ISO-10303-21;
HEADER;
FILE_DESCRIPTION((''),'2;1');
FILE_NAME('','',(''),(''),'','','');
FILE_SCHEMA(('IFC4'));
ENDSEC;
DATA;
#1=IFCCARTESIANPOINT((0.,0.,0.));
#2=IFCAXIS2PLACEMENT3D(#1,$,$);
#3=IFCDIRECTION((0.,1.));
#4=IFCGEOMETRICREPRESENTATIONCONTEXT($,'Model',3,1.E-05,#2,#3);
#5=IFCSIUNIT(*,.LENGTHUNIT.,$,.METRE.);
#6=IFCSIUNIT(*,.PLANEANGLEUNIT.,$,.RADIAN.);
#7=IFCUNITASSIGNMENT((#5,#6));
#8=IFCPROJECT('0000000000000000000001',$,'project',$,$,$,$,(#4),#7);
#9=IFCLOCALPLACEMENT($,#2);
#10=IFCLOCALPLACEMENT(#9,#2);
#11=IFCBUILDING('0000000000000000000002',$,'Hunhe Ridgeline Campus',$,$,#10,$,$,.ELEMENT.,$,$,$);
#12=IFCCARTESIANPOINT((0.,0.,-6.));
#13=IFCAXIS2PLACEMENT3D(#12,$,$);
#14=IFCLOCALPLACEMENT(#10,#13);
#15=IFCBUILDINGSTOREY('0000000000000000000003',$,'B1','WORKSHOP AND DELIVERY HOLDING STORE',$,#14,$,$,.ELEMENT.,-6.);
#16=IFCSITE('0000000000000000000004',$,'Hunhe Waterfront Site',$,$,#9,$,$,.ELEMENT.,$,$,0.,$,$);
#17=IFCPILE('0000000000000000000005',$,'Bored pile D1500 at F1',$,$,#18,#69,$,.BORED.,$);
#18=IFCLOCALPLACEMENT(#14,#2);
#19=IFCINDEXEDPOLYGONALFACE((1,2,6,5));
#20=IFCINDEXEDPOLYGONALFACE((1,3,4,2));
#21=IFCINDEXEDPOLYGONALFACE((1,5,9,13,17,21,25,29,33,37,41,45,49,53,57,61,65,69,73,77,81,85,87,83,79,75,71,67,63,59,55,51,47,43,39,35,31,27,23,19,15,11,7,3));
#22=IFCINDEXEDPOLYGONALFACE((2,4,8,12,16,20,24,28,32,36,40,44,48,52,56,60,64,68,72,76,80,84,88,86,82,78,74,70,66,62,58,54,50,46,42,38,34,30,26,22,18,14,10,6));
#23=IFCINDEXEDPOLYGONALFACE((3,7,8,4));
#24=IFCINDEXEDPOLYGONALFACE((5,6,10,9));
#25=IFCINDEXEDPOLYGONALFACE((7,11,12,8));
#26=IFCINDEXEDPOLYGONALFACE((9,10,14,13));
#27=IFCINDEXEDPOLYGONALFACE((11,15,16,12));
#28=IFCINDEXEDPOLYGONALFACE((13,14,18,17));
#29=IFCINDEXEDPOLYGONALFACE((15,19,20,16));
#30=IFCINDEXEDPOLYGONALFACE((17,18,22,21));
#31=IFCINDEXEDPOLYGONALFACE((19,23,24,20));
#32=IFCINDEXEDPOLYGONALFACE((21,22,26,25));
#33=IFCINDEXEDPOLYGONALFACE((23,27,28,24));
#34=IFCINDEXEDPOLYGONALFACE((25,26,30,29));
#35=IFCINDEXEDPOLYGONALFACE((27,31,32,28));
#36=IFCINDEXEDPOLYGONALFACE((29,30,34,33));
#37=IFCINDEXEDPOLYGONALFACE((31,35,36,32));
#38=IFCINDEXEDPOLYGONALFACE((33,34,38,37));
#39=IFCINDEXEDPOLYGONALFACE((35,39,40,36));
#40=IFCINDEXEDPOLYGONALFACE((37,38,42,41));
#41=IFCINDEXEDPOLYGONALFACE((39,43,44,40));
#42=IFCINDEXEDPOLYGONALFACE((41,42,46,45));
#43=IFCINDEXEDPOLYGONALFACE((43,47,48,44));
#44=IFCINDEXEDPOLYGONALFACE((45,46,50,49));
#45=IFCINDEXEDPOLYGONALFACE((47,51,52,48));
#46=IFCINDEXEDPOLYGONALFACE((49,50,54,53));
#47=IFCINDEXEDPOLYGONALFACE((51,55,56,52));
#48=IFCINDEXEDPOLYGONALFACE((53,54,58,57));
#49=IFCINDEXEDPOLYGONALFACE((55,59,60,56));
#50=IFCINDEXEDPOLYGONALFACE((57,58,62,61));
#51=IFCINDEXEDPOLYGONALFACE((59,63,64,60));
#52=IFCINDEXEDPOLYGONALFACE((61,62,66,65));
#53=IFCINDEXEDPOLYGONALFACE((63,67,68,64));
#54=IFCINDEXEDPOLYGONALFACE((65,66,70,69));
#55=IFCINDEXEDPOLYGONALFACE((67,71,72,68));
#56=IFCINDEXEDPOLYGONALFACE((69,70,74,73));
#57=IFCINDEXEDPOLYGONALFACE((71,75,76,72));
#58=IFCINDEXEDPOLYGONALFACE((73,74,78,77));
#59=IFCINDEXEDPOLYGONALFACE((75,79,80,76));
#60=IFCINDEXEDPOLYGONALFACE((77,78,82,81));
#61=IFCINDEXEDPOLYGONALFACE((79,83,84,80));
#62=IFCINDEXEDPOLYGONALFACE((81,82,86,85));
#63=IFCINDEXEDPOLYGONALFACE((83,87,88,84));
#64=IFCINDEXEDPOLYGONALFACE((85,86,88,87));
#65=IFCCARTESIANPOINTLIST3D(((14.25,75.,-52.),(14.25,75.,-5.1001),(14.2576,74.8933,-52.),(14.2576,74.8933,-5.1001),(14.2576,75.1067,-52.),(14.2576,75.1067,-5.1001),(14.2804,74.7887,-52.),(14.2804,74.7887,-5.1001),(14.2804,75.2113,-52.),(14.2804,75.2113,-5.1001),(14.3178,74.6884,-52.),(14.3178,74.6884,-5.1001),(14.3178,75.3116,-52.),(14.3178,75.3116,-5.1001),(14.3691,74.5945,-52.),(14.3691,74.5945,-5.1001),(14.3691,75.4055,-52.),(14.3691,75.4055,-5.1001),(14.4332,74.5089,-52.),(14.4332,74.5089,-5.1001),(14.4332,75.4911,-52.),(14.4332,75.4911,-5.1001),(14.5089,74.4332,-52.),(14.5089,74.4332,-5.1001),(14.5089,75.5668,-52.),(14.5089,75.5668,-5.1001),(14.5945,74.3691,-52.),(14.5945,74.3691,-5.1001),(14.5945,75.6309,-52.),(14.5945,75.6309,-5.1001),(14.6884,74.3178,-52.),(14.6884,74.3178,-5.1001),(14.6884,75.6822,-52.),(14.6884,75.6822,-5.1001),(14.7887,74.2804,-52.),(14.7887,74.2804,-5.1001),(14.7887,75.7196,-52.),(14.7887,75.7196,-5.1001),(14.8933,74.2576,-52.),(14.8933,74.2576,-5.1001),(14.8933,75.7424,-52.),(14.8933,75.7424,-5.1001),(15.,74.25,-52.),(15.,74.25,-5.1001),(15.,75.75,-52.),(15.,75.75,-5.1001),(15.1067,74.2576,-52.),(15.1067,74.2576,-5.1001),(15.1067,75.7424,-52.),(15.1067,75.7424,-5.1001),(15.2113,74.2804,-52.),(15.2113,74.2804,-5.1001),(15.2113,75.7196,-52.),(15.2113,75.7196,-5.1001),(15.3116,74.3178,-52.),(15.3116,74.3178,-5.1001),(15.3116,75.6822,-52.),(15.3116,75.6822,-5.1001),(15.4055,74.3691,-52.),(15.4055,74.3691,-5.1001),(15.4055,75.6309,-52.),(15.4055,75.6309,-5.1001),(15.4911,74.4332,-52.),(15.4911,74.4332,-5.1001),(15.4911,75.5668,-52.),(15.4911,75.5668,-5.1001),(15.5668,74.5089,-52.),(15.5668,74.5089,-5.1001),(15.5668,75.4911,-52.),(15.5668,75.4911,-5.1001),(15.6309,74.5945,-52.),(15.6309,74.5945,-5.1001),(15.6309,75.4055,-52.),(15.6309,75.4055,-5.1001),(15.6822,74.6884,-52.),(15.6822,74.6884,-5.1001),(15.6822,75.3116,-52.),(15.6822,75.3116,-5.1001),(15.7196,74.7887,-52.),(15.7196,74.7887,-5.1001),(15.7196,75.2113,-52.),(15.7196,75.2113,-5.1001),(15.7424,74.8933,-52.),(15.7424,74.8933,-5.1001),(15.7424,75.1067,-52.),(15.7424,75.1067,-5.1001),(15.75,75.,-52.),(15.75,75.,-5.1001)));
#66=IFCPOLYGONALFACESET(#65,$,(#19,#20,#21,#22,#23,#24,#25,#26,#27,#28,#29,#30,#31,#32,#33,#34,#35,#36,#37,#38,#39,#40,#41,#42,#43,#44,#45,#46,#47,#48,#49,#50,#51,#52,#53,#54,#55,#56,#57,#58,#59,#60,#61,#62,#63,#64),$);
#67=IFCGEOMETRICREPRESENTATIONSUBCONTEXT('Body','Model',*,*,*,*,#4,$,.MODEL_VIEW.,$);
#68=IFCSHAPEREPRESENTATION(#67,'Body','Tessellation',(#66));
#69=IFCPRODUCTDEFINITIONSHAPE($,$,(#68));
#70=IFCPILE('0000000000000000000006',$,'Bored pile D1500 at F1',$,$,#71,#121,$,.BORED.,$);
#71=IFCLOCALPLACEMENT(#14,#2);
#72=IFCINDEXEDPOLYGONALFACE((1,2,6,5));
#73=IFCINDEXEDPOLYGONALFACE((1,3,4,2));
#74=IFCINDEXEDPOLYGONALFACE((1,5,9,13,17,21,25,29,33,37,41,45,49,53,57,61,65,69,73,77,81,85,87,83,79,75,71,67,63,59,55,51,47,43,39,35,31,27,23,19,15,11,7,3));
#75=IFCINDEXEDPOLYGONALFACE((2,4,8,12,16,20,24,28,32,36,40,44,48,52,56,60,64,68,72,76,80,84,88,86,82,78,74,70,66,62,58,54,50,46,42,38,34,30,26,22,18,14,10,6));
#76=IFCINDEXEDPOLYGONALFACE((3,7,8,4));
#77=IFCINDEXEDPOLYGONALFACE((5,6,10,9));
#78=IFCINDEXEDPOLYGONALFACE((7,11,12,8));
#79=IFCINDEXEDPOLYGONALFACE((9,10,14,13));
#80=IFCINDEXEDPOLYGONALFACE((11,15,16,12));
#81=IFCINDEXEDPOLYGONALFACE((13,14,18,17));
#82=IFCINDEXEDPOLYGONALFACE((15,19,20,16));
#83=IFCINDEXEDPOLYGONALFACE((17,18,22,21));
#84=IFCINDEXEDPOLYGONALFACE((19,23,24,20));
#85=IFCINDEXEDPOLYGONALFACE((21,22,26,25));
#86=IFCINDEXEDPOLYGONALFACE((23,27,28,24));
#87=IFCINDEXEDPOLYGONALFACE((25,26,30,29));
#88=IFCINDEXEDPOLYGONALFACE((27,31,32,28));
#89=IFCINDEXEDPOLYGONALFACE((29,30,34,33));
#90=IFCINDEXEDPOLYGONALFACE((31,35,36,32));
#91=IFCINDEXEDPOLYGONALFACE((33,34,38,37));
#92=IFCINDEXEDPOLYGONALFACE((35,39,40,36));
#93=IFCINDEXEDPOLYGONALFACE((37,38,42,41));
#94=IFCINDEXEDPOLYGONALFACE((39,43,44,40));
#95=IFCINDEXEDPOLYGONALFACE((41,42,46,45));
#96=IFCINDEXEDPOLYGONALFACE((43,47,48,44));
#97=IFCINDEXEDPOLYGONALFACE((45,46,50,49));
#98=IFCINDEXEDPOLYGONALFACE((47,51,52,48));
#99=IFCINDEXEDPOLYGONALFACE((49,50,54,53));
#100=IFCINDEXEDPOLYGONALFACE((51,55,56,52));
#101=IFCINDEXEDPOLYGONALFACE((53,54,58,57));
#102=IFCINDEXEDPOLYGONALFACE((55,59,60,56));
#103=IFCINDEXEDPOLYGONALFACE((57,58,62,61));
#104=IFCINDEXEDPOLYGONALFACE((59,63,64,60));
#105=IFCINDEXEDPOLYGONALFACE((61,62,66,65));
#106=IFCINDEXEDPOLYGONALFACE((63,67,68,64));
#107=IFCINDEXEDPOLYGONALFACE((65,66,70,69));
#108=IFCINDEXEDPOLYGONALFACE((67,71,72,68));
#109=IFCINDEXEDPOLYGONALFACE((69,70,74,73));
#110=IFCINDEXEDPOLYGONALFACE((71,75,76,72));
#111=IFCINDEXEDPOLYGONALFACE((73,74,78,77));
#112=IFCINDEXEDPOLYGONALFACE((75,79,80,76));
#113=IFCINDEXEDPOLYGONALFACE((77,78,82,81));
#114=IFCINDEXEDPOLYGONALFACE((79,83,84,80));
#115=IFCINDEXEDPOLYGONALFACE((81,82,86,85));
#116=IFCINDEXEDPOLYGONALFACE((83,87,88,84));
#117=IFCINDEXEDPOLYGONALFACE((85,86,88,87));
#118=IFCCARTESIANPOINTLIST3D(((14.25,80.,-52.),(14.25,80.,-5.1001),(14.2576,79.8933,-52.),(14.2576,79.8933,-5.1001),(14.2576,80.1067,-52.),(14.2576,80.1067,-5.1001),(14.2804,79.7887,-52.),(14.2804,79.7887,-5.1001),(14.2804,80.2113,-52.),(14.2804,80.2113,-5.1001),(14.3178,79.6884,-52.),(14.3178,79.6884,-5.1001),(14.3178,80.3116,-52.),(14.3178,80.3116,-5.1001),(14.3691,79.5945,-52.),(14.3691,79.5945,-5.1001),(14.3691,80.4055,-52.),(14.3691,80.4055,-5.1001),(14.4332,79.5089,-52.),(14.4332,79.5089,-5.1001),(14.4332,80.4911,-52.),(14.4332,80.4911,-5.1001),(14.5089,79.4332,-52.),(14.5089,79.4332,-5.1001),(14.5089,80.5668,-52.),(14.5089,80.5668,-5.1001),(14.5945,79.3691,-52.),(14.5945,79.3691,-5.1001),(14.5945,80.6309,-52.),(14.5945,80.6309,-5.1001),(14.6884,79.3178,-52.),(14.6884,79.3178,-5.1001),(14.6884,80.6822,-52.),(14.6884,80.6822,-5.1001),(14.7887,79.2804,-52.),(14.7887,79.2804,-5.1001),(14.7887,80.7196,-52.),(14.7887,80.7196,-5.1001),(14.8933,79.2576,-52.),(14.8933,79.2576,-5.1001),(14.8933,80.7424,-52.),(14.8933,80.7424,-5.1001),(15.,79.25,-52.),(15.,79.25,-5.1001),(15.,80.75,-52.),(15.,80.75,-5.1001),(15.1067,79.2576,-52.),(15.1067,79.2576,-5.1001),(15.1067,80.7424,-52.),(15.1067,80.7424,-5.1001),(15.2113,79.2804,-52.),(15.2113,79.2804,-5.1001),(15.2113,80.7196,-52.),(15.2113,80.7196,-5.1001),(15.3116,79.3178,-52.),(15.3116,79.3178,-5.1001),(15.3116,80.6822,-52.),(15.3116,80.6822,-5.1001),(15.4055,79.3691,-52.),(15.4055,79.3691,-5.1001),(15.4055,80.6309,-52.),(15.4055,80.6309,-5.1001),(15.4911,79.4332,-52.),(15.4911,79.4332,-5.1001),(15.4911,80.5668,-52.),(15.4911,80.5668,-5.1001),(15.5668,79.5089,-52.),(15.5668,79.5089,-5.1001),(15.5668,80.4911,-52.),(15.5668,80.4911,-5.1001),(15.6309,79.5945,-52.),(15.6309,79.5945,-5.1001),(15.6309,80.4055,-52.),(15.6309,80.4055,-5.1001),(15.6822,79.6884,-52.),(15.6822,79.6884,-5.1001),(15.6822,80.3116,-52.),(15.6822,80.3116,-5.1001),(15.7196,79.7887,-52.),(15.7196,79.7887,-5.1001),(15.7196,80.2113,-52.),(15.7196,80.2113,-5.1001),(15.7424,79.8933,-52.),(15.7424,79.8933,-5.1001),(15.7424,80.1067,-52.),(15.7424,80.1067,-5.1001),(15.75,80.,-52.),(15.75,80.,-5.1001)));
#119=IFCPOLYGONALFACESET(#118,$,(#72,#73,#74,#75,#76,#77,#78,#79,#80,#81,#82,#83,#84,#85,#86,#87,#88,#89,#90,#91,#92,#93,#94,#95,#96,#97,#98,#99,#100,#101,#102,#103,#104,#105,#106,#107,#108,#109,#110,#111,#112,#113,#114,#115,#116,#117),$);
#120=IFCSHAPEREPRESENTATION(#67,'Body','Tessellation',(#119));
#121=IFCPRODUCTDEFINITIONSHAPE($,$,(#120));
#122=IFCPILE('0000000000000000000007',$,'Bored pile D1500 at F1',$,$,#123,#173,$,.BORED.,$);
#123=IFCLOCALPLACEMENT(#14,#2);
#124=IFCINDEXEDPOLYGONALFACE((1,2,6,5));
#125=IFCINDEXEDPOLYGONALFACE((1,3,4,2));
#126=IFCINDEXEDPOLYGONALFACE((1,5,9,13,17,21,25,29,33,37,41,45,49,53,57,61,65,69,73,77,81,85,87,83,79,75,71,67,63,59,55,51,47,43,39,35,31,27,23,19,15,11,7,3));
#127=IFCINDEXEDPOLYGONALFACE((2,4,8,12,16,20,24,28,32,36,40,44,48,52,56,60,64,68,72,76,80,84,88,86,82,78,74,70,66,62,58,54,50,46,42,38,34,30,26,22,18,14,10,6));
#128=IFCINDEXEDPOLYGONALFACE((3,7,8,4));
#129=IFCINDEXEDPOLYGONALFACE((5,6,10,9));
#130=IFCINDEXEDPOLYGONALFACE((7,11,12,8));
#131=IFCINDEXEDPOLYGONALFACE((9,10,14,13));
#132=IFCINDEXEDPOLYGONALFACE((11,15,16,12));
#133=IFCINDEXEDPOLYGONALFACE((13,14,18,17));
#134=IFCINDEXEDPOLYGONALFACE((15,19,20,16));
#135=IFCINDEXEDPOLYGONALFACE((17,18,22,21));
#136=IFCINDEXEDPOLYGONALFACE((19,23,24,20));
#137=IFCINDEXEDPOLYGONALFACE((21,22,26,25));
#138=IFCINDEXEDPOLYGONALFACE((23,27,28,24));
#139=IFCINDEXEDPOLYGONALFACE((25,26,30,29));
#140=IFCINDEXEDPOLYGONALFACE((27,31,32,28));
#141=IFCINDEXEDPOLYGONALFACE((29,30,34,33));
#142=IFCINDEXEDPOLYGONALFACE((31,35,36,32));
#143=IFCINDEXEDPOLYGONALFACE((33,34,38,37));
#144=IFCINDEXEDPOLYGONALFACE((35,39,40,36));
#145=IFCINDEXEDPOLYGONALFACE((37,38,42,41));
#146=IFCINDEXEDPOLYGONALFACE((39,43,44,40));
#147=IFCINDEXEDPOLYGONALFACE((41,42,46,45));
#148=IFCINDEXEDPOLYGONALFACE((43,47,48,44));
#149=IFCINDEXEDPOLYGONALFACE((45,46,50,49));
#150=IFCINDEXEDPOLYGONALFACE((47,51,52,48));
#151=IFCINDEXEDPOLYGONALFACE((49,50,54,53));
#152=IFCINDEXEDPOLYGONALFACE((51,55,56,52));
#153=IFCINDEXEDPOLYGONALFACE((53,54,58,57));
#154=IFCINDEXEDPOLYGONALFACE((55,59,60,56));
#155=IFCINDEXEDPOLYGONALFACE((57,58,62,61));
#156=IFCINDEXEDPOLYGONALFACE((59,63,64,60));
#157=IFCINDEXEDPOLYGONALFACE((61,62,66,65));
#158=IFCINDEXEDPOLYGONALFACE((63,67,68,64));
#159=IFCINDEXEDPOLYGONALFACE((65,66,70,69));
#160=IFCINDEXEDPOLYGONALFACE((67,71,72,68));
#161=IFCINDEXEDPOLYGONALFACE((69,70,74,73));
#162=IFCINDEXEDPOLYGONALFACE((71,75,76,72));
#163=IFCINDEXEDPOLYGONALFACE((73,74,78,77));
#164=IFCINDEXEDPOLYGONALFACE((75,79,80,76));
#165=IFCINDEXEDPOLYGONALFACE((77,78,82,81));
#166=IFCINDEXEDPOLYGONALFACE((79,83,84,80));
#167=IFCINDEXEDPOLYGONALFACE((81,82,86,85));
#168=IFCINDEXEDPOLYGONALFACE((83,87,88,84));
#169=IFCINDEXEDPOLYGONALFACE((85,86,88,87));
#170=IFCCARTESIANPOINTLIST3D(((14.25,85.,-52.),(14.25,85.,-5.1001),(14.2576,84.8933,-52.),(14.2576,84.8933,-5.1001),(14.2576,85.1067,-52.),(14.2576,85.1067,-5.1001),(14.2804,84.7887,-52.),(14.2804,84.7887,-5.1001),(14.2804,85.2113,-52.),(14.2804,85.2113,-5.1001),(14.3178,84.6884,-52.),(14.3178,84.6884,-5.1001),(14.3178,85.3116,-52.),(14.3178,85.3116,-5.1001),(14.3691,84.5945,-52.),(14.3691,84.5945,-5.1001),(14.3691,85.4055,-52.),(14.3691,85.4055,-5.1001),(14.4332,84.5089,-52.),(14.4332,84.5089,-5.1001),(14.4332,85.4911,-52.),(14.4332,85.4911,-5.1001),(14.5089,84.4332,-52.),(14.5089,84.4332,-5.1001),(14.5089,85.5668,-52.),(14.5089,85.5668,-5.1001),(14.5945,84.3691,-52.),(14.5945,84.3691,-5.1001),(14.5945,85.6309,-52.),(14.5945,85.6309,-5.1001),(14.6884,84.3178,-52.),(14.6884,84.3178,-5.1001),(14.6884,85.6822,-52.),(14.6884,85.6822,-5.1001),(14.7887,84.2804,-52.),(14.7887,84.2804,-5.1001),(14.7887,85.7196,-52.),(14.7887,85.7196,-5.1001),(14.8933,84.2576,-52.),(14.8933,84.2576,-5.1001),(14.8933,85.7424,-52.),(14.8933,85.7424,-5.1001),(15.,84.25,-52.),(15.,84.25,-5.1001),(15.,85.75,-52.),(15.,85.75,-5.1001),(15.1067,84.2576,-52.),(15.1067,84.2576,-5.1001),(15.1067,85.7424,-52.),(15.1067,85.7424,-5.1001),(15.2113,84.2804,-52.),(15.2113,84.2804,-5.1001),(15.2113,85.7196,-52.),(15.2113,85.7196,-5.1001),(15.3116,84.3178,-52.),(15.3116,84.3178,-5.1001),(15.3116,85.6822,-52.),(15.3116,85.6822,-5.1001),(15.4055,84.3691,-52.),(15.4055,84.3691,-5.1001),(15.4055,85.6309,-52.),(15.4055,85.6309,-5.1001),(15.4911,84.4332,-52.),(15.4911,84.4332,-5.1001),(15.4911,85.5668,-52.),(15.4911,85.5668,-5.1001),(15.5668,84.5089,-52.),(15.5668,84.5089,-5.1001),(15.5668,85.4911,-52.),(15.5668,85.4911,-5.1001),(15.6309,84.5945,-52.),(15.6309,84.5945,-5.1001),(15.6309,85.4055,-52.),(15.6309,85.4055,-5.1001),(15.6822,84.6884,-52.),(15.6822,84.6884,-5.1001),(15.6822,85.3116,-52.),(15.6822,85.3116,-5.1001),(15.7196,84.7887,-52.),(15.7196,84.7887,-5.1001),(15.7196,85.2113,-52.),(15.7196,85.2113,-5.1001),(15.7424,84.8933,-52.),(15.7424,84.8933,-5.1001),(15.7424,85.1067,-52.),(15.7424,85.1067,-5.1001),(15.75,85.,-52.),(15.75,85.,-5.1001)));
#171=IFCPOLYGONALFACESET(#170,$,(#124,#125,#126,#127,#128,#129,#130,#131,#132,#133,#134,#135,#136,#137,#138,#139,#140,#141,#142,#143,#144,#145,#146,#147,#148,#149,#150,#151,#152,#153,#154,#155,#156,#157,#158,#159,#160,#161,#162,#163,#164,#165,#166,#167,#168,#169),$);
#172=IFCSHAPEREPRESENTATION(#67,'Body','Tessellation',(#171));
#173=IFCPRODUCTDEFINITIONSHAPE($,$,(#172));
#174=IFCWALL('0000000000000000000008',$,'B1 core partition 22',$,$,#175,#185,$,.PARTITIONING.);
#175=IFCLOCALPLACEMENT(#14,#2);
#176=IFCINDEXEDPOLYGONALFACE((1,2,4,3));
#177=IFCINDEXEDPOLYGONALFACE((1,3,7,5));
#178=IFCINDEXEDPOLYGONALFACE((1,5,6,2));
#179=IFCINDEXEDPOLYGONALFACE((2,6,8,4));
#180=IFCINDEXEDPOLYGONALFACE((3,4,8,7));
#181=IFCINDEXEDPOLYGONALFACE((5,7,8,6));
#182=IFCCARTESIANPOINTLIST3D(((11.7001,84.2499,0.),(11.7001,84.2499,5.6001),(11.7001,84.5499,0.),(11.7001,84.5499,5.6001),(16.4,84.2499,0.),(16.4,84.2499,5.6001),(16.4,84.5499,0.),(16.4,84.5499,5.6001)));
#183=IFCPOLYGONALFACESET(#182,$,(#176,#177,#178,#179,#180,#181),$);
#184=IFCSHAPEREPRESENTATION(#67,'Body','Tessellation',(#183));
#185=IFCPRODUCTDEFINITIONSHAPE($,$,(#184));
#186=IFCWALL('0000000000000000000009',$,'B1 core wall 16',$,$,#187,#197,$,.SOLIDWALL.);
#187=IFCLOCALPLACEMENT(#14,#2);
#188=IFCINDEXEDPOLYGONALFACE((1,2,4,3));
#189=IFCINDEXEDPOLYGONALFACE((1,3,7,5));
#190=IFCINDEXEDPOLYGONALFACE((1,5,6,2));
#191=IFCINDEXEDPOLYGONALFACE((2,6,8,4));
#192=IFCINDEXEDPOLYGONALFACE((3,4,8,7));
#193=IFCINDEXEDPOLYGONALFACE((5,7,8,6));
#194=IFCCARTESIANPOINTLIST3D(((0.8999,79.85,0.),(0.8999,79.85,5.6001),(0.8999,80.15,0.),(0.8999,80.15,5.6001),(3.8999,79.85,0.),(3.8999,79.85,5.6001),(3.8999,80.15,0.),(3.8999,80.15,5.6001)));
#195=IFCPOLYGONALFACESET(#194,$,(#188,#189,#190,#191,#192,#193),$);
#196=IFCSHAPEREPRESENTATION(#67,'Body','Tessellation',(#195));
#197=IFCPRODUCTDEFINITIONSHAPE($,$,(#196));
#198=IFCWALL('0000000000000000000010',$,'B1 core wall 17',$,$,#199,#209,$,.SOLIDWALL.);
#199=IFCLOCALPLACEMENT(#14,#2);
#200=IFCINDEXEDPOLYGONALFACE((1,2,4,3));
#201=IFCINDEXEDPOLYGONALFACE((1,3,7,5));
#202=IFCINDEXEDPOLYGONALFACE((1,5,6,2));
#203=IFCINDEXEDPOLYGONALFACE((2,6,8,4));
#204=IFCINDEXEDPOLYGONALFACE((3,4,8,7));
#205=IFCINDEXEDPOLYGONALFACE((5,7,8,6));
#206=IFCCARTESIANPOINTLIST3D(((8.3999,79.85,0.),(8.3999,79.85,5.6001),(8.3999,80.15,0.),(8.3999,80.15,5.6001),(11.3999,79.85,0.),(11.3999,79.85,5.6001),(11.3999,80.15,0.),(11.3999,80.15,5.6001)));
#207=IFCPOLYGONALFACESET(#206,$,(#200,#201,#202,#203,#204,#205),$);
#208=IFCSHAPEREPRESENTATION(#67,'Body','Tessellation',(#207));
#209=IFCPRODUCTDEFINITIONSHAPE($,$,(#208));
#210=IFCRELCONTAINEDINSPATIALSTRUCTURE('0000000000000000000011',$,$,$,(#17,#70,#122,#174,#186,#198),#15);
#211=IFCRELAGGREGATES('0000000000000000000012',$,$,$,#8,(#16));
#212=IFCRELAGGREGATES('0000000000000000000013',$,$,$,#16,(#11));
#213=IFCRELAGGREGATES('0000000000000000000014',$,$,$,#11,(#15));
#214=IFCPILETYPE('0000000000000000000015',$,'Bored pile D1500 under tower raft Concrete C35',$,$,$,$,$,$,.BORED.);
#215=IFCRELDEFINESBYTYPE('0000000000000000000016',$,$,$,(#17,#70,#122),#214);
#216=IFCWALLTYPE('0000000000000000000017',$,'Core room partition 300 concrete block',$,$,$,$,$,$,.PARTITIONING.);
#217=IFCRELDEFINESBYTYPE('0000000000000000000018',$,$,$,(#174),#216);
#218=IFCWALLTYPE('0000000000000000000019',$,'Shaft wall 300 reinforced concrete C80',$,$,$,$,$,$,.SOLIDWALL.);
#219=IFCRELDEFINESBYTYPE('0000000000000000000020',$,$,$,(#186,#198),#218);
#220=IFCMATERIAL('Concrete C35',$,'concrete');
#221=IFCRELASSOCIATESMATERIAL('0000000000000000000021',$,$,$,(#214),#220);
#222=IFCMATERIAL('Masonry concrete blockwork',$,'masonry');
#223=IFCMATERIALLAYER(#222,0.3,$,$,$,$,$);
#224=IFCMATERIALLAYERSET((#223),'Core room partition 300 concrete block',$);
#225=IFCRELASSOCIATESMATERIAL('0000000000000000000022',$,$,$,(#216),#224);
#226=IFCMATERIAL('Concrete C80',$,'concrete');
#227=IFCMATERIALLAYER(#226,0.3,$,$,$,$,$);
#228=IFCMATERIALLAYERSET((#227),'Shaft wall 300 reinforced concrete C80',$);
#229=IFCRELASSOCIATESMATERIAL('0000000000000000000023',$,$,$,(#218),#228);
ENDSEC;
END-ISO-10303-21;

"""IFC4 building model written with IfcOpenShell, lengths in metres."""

from ifc_helpers import new_model, si_unit, direction, frame, frame_2d, origin, origin_2d, place, context, subcontext, project, spatial, rectangle, circle, extrude, material, layer, layer_set, material_profile, profile_set, type_object, element, save


model = new_model("IFC4")

# Units and contexts
model_context = context("Model", 3, precision=1e-05, world=origin(), true_north=direction((0.0, 1.0)))
body_context = subcontext(model_context, "Body", "Model", "MODEL_VIEW")
ifc_project = project(units=[si_unit("LENGTHUNIT", "METRE"), si_unit("PLANEANGLEUNIT", "RADIAN")], contexts=[model_context])

# Site, building, storey
site_placement = place(None, origin())
site = spatial("IfcSite", under=ifc_project, at=site_placement, Name="Hunhe Waterfront Site", CompositionType="ELEMENT", RefElevation=0.0)
building_placement = place(site_placement, origin())
building = spatial("IfcBuilding", under=site, at=building_placement, Name="Hunhe Ridgeline Campus", CompositionType="ELEMENT")
storey_placement = place(building_placement, frame((0.0, 0.0, -6.0)))
storey = spatial("IfcBuildingStorey", under=building, at=storey_placement, Name="B1", Description="WORKSHOP AND DELIVERY HOLDING STORE", CompositionType="ELEMENT", Elevation=-6.0)

# Piles
ifc_material_1 = material(Name="Concrete C35", Category="concrete")
ifc_material_profile = material_profile(ifc_material_1, circle(Radius=0.75, at=origin_2d()))
ifc_profile_set = profile_set([ifc_material_profile], Name="Concrete C35")
pile_type = type_object("IfcPileType", Name="Bored pile D1500 under tower raft Concrete C35", PredefinedType="BORED", material=ifc_profile_set)
for number, where, z_axis, x_axis, name in (
    (1, (15.0, 75.0, -5.1001), (0.0, 0.0, -1.0), (1.0, 0.0, 0.0), "Bored pile D1500 at F1"),
    (2, (15.0, 80.0, -5.1001), (0.0, 0.0, -1.0), (1.0, 0.0, 0.0), "Bored pile D1500 at F1"),
    (3, (15.0, 85.0, -5.1001), (0.0, 0.0, -1.0), (1.0, 0.0, 0.0), "Bored pile D1500 at F1"),
):
    element("IfcPile", number, at=place(storey_placement, frame(where, z_axis=z_axis, x_axis=x_axis)), inside=storey, type_object=pile_type, Name=name, PredefinedType="BORED", context=body_context, shape_type="SweptSolid", body=[
        extrude(circle(Radius=0.75, at=origin_2d()), origin(), (0.0, 0.0, 1.0), 46.8999),
    ])

# Wall
ifc_material_2 = material(Name="Masonry concrete blockwork", Category="masonry")
ifc_layer_1 = layer(ifc_material_2, 0.3)
ifc_layer_set_1 = layer_set([ifc_layer_1], Name="Core room partition 300 concrete block")
wall_type_1 = type_object("IfcWallType", Name="Core room partition 300 concrete block", PredefinedType="PARTITIONING", material=ifc_layer_set_1)
wall_1_placement = place(storey_placement, frame((11.7, 84.3999, 0.0), z_axis=(0.0, 0.0, 1.0), x_axis=(1.0, 0.0, 0.0)))
element("IfcWall", 4, at=wall_1_placement, inside=storey, type_object=wall_type_1, Name="B1 core partition 22", PredefinedType="PARTITIONING", context=body_context, shape_type="SweptSolid", body=[
    extrude(rectangle(XDim=4.7, YDim=0.3, at=frame_2d((2.3501, 0.0))), origin(), (0.0, 0.0, 1.0), 5.6001),
])

# Shared definitions
ifc_material_3 = material(Name="Concrete C80", Category="concrete")
ifc_layer_2 = layer(ifc_material_3, 0.3)
ifc_layer_set_2 = layer_set([ifc_layer_2], Name="Shaft wall 300 reinforced concrete C80")
wall_type_2 = type_object("IfcWallType", Name="Shaft wall 300 reinforced concrete C80", PredefinedType="SOLIDWALL", material=ifc_layer_set_2)

# Walls
for number, where, z_axis, x_axis, name in (
    (5, (0.8999, 80.0, 0.0), (0.0, 0.0, 1.0), (1.0, 0.0, 0.0), "B1 core wall 16"),
    (6, (8.3999, 80.0, 0.0), (0.0, 0.0, 1.0), (1.0, 0.0, 0.0), "B1 core wall 17"),
):
    element("IfcWall", number, at=place(storey_placement, frame(where, z_axis=z_axis, x_axis=x_axis)), inside=storey, type_object=wall_type_2, Name=name, PredefinedType="SOLIDWALL", context=body_context, shape_type="SweptSolid", body=[
        extrude(rectangle(XDim=3.0, YDim=0.3, at=frame_2d((1.5, 0.0))), origin(), (0.0, 0.0, 1.0), 5.6001),
    ])

save(model, "model.ifc")
